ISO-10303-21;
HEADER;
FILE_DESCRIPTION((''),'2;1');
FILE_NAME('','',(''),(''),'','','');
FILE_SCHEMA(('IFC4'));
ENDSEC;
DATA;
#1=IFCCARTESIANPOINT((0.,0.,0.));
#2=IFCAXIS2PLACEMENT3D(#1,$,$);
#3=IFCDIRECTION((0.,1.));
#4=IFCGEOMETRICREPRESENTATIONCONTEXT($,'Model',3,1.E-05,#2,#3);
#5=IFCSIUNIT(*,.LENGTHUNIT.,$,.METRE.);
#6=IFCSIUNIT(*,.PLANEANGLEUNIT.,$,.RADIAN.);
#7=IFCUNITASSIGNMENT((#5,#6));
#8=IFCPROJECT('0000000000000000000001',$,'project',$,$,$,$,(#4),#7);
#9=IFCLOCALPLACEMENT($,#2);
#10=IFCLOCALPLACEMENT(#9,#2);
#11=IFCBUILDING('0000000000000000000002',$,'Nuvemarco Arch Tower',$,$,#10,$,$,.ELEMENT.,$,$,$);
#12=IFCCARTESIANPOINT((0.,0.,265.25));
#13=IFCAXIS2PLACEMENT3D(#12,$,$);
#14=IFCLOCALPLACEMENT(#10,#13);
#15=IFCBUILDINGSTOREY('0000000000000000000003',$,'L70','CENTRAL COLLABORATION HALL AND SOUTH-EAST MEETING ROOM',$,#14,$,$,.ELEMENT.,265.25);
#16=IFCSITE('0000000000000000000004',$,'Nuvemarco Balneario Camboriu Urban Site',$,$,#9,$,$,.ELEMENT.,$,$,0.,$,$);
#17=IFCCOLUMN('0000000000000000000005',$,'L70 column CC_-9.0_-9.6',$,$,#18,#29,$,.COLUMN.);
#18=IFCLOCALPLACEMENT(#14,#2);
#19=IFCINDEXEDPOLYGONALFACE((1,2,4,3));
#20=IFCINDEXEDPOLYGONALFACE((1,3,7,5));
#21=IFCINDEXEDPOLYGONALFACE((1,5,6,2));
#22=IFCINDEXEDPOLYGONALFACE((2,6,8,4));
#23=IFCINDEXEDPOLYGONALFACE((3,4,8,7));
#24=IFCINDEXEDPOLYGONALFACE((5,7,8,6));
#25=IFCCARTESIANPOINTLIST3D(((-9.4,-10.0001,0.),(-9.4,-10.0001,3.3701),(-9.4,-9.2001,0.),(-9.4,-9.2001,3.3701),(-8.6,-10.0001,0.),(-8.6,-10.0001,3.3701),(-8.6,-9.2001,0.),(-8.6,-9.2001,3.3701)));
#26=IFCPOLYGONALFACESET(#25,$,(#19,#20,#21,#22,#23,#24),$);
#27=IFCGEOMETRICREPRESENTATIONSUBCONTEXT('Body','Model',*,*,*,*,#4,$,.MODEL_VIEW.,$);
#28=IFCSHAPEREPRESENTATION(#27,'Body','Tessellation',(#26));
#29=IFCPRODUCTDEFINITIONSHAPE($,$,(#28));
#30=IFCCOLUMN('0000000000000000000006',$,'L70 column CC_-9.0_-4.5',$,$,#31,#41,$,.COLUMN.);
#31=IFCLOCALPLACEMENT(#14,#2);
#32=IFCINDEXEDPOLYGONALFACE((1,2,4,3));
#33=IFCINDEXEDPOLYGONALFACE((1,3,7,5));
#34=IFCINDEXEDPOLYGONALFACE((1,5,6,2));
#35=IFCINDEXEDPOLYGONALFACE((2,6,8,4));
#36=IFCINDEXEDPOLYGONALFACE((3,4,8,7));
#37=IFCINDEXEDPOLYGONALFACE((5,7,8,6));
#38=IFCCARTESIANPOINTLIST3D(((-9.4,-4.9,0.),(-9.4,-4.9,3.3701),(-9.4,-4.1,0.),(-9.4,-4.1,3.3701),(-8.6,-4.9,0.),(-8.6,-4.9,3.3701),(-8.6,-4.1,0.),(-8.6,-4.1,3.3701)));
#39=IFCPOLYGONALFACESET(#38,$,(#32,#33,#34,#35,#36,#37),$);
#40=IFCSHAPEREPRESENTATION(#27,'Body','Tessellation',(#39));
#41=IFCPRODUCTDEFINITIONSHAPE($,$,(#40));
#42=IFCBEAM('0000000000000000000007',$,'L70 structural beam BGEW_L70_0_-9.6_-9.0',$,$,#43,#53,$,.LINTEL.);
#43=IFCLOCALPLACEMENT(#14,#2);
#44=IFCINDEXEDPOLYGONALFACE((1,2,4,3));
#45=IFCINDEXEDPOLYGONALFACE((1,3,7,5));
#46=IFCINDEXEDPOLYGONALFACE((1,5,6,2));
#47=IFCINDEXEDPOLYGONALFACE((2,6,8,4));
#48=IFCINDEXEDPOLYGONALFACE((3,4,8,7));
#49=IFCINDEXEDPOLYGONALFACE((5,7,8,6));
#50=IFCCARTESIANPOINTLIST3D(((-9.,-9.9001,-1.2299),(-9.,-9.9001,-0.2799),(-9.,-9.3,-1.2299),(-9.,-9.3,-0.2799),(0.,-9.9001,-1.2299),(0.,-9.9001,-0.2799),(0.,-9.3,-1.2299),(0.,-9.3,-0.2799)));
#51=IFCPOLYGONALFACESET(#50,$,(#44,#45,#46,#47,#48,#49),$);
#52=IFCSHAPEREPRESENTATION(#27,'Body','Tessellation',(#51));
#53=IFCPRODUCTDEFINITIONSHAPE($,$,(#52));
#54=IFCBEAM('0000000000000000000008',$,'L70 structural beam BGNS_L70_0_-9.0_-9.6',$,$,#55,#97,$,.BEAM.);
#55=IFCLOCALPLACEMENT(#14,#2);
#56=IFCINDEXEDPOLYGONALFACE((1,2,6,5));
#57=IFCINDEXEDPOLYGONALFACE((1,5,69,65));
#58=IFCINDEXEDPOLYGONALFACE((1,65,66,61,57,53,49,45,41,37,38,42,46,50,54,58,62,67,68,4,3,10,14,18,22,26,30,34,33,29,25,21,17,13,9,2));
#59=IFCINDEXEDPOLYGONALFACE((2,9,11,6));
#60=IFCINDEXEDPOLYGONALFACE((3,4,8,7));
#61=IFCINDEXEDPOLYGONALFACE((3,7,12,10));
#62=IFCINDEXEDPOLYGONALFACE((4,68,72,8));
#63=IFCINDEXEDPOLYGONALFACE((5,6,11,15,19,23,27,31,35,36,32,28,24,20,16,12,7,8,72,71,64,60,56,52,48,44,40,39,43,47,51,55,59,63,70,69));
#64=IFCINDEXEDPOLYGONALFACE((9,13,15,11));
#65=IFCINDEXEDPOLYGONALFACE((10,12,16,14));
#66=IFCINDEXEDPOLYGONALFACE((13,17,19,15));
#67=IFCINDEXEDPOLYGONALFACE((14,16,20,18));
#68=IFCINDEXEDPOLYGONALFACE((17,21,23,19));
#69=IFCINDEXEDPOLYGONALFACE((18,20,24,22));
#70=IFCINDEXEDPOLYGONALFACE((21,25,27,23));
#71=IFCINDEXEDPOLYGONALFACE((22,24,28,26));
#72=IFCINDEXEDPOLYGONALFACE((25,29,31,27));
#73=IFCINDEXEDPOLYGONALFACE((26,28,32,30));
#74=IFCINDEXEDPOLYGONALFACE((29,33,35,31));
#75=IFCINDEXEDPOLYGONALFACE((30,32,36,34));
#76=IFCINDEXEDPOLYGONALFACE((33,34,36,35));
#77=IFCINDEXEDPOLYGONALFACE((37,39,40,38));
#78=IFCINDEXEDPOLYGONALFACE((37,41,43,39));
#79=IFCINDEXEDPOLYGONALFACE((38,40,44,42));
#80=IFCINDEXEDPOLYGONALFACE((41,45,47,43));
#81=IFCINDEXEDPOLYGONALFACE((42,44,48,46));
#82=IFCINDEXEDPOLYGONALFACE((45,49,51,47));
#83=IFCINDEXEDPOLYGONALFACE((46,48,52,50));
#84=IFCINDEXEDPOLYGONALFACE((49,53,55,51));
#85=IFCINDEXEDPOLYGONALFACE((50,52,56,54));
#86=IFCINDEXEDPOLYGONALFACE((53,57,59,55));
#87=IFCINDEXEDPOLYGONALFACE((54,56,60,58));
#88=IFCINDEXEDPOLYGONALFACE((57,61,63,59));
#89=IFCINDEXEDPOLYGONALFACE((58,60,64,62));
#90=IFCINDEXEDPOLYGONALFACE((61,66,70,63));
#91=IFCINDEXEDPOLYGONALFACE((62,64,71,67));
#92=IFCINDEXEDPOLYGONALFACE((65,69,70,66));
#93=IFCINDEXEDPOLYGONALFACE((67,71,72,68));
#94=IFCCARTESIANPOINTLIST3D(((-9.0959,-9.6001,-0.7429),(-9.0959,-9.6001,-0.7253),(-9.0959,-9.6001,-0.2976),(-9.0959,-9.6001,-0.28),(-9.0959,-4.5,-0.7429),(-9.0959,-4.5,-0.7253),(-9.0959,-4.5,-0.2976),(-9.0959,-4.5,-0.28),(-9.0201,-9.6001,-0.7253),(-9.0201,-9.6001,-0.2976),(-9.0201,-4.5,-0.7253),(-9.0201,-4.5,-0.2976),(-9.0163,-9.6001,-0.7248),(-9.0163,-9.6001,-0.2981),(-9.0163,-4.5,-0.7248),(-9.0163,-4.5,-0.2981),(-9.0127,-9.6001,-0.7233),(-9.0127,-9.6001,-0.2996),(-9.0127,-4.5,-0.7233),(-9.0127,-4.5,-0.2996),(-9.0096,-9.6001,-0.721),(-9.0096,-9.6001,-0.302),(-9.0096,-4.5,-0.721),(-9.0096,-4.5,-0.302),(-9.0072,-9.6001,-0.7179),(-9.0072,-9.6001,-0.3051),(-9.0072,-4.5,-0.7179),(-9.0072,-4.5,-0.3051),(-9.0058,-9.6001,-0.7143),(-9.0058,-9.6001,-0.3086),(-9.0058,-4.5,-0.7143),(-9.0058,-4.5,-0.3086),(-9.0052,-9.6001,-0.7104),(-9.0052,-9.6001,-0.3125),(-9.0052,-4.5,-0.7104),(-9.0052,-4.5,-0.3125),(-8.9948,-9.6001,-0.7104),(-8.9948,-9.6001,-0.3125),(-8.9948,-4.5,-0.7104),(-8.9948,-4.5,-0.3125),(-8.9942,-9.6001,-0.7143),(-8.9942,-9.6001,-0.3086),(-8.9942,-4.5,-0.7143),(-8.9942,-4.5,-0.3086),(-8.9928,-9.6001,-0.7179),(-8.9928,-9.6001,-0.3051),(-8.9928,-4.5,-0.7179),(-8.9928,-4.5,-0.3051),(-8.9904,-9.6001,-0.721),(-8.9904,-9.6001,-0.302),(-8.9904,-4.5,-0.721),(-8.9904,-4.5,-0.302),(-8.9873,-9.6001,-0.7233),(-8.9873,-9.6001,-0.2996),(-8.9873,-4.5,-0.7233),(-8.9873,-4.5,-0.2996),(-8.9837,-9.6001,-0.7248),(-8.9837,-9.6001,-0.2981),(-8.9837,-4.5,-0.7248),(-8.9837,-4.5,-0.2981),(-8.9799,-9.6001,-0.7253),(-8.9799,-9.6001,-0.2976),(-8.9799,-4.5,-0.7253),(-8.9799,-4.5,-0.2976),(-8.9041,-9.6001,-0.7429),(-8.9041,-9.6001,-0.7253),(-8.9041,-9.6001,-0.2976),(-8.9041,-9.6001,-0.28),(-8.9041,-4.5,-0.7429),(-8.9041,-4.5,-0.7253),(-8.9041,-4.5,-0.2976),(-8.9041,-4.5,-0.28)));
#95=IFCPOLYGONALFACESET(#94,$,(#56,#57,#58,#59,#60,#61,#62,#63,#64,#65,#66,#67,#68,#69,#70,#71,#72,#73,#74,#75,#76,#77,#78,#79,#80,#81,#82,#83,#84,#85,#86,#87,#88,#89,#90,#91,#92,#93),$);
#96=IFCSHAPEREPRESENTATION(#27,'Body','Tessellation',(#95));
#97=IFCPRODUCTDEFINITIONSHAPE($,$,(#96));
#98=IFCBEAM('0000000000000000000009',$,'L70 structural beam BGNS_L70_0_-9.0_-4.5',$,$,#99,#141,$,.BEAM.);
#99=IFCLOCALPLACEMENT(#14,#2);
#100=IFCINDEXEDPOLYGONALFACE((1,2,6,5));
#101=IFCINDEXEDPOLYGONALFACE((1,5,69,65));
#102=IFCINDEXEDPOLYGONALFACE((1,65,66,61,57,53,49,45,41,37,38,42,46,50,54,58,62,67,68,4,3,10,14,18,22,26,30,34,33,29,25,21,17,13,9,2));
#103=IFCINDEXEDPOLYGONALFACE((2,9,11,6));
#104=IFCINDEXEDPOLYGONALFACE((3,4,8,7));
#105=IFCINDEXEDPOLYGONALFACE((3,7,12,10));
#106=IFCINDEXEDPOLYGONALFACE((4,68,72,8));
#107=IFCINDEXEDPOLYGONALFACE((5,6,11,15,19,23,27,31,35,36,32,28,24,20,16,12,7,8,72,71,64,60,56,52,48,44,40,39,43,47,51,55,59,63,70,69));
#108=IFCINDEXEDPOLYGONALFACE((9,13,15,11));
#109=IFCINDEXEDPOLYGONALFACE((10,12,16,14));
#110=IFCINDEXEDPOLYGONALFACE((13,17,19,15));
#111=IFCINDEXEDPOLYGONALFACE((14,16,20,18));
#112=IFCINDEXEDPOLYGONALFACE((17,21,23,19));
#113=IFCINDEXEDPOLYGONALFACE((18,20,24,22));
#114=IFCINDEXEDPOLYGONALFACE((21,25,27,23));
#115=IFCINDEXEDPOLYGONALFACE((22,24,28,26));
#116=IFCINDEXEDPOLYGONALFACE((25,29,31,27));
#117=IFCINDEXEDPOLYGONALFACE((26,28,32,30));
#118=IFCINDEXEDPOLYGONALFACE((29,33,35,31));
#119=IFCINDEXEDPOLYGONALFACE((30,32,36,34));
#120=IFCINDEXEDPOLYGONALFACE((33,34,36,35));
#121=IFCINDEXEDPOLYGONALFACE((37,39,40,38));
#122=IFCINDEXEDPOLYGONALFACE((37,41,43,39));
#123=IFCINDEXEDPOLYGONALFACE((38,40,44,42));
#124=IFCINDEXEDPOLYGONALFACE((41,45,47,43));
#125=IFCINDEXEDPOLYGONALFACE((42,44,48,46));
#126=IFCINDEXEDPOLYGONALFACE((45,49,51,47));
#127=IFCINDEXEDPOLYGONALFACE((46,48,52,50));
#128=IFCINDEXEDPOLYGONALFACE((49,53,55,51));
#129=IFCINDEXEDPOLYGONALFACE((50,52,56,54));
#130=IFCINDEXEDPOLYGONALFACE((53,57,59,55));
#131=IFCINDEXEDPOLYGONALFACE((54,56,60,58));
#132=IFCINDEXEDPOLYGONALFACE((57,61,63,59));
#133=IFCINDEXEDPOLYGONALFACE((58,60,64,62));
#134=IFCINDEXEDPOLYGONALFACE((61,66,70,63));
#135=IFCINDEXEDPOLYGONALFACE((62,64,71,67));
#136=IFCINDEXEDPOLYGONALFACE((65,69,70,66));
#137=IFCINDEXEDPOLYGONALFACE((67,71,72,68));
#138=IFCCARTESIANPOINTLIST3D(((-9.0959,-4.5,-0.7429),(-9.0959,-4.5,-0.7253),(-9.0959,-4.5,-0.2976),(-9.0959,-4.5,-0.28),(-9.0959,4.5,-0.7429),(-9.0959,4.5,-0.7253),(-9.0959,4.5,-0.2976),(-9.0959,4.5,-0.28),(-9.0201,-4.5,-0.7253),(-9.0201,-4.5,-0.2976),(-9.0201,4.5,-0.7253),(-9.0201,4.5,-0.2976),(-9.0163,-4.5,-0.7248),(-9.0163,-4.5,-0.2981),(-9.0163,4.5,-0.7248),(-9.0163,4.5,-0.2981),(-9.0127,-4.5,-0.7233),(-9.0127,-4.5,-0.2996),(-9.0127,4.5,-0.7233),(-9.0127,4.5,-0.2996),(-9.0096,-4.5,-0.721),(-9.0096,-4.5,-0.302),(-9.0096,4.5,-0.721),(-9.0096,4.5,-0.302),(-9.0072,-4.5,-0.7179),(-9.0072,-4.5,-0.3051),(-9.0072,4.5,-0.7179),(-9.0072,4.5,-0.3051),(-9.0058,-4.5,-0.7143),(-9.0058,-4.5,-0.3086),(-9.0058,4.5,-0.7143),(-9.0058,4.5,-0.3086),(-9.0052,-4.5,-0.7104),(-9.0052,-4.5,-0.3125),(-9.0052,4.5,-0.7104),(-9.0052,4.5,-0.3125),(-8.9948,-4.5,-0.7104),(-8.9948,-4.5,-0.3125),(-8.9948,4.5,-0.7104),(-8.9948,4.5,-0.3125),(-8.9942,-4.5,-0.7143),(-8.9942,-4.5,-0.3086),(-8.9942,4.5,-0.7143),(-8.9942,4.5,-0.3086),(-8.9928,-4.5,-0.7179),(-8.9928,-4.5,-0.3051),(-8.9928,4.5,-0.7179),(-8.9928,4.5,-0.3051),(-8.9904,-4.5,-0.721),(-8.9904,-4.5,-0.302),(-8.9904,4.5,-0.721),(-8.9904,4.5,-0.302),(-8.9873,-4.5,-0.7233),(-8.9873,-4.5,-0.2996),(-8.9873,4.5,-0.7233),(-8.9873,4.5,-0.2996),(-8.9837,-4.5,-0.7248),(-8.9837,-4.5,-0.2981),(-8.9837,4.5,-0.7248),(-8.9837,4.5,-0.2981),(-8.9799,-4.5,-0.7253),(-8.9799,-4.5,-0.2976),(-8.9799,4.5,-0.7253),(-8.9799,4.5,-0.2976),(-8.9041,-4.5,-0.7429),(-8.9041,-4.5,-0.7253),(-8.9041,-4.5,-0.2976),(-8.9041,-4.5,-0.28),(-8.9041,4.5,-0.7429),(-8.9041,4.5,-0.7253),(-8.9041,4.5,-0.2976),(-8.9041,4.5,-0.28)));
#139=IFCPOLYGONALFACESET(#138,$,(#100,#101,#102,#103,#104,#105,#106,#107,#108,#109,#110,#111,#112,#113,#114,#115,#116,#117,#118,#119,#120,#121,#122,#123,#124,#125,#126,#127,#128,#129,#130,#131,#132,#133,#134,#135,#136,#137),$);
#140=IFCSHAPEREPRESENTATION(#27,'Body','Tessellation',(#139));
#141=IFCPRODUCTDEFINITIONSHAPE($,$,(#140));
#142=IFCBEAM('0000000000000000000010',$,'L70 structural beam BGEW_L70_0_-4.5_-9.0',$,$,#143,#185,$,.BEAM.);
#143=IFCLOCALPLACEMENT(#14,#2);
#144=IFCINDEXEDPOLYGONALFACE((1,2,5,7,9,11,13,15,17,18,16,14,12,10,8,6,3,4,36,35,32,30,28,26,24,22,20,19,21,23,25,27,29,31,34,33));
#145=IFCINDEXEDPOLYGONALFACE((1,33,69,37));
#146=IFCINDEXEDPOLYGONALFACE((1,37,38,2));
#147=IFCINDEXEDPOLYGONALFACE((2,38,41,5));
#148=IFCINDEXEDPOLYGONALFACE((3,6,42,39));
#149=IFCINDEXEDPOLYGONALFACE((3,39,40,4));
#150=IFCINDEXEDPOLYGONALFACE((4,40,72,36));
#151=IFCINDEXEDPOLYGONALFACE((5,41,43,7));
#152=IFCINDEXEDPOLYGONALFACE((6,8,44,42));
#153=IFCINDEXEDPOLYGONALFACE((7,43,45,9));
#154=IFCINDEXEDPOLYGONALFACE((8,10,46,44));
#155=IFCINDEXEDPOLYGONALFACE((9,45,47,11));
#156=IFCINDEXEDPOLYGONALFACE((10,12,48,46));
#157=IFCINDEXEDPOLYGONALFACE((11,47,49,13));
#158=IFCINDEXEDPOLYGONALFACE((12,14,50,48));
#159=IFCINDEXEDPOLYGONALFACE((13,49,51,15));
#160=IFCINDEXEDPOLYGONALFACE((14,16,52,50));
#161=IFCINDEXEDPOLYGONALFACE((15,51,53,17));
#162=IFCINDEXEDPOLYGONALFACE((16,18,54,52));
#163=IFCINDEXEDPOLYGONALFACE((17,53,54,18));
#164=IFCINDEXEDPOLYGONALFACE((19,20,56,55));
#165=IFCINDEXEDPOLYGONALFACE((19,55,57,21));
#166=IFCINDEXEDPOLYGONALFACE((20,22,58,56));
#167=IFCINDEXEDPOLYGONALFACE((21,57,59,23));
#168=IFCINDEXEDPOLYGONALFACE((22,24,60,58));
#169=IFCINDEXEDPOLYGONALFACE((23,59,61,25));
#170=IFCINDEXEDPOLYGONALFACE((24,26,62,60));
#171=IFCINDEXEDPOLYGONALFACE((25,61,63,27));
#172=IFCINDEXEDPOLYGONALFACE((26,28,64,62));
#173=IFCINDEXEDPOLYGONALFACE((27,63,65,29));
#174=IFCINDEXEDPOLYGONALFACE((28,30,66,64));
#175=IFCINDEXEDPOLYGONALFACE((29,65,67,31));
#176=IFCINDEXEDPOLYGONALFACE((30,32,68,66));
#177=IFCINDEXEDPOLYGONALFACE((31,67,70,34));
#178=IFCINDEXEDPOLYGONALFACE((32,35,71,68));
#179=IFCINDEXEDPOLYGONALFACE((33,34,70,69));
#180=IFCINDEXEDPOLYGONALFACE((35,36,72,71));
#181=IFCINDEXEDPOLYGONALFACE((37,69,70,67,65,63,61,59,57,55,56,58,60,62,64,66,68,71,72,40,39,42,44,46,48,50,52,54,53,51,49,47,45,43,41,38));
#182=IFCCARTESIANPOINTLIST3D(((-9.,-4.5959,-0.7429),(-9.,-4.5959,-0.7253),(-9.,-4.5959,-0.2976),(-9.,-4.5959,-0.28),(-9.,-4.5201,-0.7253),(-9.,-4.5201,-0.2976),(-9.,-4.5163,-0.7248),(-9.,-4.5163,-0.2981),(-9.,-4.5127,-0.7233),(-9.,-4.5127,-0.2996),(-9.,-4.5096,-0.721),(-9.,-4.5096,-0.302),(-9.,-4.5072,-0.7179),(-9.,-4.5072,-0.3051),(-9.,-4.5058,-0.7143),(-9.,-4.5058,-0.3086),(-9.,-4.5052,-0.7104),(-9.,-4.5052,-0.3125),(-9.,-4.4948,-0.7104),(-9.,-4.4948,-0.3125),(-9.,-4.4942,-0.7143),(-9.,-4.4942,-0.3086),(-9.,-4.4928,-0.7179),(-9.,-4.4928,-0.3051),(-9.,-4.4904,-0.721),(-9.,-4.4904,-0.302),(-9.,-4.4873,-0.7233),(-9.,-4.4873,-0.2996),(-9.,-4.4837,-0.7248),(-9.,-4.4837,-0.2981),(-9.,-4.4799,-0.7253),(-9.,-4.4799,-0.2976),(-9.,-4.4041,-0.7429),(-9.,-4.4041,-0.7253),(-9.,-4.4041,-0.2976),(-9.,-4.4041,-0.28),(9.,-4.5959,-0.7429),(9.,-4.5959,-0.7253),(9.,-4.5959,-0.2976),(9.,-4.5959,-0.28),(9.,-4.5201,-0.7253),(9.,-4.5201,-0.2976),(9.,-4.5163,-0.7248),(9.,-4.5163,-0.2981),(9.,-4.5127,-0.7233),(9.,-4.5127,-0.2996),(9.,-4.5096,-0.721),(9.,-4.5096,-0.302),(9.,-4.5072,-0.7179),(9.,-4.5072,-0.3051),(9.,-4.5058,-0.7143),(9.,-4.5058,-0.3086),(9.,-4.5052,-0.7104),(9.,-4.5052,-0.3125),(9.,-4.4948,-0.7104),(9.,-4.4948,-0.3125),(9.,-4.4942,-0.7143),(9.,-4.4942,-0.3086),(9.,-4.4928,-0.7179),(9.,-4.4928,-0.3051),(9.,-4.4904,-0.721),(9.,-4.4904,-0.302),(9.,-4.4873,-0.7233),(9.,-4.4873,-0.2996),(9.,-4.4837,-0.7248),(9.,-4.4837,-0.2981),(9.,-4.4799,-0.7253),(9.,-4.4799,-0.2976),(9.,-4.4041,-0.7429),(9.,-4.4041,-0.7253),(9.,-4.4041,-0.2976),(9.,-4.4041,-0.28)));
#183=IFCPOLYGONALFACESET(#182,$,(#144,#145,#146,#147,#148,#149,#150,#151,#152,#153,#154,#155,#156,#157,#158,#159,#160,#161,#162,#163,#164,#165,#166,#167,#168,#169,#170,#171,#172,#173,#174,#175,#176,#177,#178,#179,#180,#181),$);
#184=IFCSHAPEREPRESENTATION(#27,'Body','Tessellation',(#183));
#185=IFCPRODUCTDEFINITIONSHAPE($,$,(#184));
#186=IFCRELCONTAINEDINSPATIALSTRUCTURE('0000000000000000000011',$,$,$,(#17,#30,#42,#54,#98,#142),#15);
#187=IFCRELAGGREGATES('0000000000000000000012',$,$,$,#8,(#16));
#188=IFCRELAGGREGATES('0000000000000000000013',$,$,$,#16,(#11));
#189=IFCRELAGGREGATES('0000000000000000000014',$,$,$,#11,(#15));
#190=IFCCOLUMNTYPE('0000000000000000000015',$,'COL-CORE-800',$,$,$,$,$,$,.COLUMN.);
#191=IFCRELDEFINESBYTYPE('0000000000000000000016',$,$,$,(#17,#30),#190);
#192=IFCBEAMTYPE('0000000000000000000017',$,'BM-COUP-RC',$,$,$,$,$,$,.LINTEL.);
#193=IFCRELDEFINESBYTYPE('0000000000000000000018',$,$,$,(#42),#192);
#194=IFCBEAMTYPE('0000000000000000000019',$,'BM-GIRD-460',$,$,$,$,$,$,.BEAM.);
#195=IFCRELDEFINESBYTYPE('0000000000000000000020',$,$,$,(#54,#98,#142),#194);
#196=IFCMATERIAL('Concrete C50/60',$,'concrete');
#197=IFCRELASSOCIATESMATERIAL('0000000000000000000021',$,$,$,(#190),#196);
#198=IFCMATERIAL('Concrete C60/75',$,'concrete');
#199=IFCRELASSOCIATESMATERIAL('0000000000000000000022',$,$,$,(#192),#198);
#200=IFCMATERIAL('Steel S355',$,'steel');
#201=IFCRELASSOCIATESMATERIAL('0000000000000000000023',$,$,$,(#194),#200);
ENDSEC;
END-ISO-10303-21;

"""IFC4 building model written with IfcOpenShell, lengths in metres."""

from ifc_helpers import new_model, si_unit, direction, frame, origin, origin_2d, place, context, subcontext, project, spatial, rectangle, i_section, extrude, material, material_profile, profile_set, type_object, element, save


model = new_model("IFC4")

# Units and contexts
model_context = context("Model", 3, precision=1e-05, world=origin(), true_north=direction((0.0, 1.0)))
body_context = subcontext(model_context, "Body", "Model", "MODEL_VIEW")
ifc_project = project(units=[si_unit("LENGTHUNIT", "METRE"), si_unit("PLANEANGLEUNIT", "RADIAN")], contexts=[model_context])

# Site, building, storey
site_placement = place(None, origin())
site = spatial("IfcSite", under=ifc_project, at=site_placement, Name="Nuvemarco Balneario Camboriu Urban Site", CompositionType="ELEMENT", RefElevation=0.0)
building_placement = place(site_placement, origin())
building = spatial("IfcBuilding", under=site, at=building_placement, Name="Nuvemarco Arch Tower", CompositionType="ELEMENT")
storey_placement = place(building_placement, frame((0.0, 0.0, 265.25)))
storey = spatial("IfcBuildingStorey", under=building, at=storey_placement, Name="L70", Description="CENTRAL COLLABORATION HALL AND SOUTH-EAST MEETING ROOM", CompositionType="ELEMENT", Elevation=265.25)

# Columns
ifc_material_1 = material(Name="Concrete C50/60", Category="concrete")
ifc_material_profile_1 = material_profile(ifc_material_1, rectangle(XDim=0.8, YDim=0.8, at=origin_2d()), Name="RC-COL-800x800")
ifc_profile_set_1 = profile_set([ifc_material_profile_1], Name="Concrete C50/60")
column_type = type_object("IfcColumnType", Name="COL-CORE-800", PredefinedType="COLUMN", material=ifc_profile_set_1)
for number, where, z_axis, x_axis, name in (
    (1, (-9.0, -9.6001, 0.0), (0.0, 0.0, 1.0), (1.0, 0.0, 0.0), "L70 column CC_-9.0_-9.6"),
    (2, (-9.0, -4.5, 0.0), (0.0, 0.0, 1.0), (1.0, 0.0, 0.0), "L70 column CC_-9.0_-4.5"),
):
    element("IfcColumn", number, at=place(storey_placement, frame(where, z_axis=z_axis, x_axis=x_axis)), inside=storey, type_object=column_type, Name=name, PredefinedType="COLUMN", context=body_context, shape_type="SweptSolid", body=[
        extrude(rectangle(XDim=0.8, YDim=0.8, at=origin_2d()), origin(), (0.0, 0.0, 1.0), 3.3701),
    ])

# Beams
ifc_material_2 = material(Name="Concrete C60/75", Category="concrete")
ifc_material_profile_2 = material_profile(ifc_material_2, rectangle(XDim=0.6001, YDim=0.95, at=origin_2d()), Name="RC-BM-600x950")
ifc_profile_set_2 = profile_set([ifc_material_profile_2], Name="Concrete C60/75")
beam_type_1 = type_object("IfcBeamType", Name="BM-COUP-RC", PredefinedType="LINTEL", material=ifc_profile_set_2)
beam_1_placement = place(storey_placement, frame((-9.0, -9.6001, -0.7549), z_axis=(1.0, 0.0, 0.0), x_axis=(0.0, 1.0, 0.0)))
element("IfcBeam", 3, at=beam_1_placement, inside=storey, type_object=beam_type_1, Name="L70 structural beam BGEW_L70_0_-9.6_-9.0", PredefinedType="LINTEL", context=body_context, shape_type="SweptSolid", body=[
    extrude(rectangle(XDim=0.6001, YDim=0.95, at=origin_2d()), origin(), (0.0, 0.0, 1.0), 9.0),
])
ifc_material_3 = material(Name="Steel S355", Category="steel")
ifc_material_profile_3 = material_profile(ifc_material_3, i_section(OverallWidth=0.1919, OverallDepth=0.4629, WebThickness=0.0105, FlangeThickness=0.0176, FilletRadius=0.0149, at=origin_2d()), Name="W460x89")
ifc_profile_set_3 = profile_set([ifc_material_profile_3], Name="Steel S355")
beam_type_2 = type_object("IfcBeamType", Name="BM-GIRD-460", PredefinedType="BEAM", material=ifc_profile_set_3)
beam_2_placement = place(storey_placement, frame((-9.0, -9.6001, -0.5115), z_axis=(0.0, 1.0, 0.0), x_axis=(-1.0, 0.0, 0.0)))
element("IfcBeam", 4, at=beam_2_placement, inside=storey, type_object=beam_type_2, Name="L70 structural beam BGNS_L70_0_-9.0_-9.6", PredefinedType="BEAM", context=body_context, shape_type="SweptSolid", body=[
    extrude(i_section(OverallWidth=0.1919, OverallDepth=0.4629, WebThickness=0.0105, FlangeThickness=0.0176, FilletRadius=0.0149, at=origin_2d()), origin(), (0.0, 0.0, 1.0), 5.1001),
])
beam_3_placement = place(storey_placement, frame((-9.0, -4.5, -0.5115), z_axis=(0.0, 1.0, 0.0), x_axis=(-1.0, 0.0, 0.0)))
element("IfcBeam", 5, at=beam_3_placement, inside=storey, type_object=beam_type_2, Name="L70 structural beam BGNS_L70_0_-9.0_-4.5", PredefinedType="BEAM", context=body_context, shape_type="SweptSolid", body=[
    extrude(i_section(OverallWidth=0.1919, OverallDepth=0.4629, WebThickness=0.0105, FlangeThickness=0.0176, FilletRadius=0.0149, at=origin_2d()), origin(), (0.0, 0.0, 1.0), 9.0),
])
beam_4_placement = place(storey_placement, frame((-9.0, -4.5, -0.5115), z_axis=(1.0, 0.0, 0.0), x_axis=(0.0, 1.0, 0.0)))
element("IfcBeam", 6, at=beam_4_placement, inside=storey, type_object=beam_type_2, Name="L70 structural beam BGEW_L70_0_-4.5_-9.0", PredefinedType="BEAM", context=body_context, shape_type="SweptSolid", body=[
    extrude(i_section(OverallWidth=0.1919, OverallDepth=0.4629, WebThickness=0.0105, FlangeThickness=0.0176, FilletRadius=0.0149, at=origin_2d()), origin(), (0.0, 0.0, 1.0), 18.0),
])

save(model, "model.ifc")
